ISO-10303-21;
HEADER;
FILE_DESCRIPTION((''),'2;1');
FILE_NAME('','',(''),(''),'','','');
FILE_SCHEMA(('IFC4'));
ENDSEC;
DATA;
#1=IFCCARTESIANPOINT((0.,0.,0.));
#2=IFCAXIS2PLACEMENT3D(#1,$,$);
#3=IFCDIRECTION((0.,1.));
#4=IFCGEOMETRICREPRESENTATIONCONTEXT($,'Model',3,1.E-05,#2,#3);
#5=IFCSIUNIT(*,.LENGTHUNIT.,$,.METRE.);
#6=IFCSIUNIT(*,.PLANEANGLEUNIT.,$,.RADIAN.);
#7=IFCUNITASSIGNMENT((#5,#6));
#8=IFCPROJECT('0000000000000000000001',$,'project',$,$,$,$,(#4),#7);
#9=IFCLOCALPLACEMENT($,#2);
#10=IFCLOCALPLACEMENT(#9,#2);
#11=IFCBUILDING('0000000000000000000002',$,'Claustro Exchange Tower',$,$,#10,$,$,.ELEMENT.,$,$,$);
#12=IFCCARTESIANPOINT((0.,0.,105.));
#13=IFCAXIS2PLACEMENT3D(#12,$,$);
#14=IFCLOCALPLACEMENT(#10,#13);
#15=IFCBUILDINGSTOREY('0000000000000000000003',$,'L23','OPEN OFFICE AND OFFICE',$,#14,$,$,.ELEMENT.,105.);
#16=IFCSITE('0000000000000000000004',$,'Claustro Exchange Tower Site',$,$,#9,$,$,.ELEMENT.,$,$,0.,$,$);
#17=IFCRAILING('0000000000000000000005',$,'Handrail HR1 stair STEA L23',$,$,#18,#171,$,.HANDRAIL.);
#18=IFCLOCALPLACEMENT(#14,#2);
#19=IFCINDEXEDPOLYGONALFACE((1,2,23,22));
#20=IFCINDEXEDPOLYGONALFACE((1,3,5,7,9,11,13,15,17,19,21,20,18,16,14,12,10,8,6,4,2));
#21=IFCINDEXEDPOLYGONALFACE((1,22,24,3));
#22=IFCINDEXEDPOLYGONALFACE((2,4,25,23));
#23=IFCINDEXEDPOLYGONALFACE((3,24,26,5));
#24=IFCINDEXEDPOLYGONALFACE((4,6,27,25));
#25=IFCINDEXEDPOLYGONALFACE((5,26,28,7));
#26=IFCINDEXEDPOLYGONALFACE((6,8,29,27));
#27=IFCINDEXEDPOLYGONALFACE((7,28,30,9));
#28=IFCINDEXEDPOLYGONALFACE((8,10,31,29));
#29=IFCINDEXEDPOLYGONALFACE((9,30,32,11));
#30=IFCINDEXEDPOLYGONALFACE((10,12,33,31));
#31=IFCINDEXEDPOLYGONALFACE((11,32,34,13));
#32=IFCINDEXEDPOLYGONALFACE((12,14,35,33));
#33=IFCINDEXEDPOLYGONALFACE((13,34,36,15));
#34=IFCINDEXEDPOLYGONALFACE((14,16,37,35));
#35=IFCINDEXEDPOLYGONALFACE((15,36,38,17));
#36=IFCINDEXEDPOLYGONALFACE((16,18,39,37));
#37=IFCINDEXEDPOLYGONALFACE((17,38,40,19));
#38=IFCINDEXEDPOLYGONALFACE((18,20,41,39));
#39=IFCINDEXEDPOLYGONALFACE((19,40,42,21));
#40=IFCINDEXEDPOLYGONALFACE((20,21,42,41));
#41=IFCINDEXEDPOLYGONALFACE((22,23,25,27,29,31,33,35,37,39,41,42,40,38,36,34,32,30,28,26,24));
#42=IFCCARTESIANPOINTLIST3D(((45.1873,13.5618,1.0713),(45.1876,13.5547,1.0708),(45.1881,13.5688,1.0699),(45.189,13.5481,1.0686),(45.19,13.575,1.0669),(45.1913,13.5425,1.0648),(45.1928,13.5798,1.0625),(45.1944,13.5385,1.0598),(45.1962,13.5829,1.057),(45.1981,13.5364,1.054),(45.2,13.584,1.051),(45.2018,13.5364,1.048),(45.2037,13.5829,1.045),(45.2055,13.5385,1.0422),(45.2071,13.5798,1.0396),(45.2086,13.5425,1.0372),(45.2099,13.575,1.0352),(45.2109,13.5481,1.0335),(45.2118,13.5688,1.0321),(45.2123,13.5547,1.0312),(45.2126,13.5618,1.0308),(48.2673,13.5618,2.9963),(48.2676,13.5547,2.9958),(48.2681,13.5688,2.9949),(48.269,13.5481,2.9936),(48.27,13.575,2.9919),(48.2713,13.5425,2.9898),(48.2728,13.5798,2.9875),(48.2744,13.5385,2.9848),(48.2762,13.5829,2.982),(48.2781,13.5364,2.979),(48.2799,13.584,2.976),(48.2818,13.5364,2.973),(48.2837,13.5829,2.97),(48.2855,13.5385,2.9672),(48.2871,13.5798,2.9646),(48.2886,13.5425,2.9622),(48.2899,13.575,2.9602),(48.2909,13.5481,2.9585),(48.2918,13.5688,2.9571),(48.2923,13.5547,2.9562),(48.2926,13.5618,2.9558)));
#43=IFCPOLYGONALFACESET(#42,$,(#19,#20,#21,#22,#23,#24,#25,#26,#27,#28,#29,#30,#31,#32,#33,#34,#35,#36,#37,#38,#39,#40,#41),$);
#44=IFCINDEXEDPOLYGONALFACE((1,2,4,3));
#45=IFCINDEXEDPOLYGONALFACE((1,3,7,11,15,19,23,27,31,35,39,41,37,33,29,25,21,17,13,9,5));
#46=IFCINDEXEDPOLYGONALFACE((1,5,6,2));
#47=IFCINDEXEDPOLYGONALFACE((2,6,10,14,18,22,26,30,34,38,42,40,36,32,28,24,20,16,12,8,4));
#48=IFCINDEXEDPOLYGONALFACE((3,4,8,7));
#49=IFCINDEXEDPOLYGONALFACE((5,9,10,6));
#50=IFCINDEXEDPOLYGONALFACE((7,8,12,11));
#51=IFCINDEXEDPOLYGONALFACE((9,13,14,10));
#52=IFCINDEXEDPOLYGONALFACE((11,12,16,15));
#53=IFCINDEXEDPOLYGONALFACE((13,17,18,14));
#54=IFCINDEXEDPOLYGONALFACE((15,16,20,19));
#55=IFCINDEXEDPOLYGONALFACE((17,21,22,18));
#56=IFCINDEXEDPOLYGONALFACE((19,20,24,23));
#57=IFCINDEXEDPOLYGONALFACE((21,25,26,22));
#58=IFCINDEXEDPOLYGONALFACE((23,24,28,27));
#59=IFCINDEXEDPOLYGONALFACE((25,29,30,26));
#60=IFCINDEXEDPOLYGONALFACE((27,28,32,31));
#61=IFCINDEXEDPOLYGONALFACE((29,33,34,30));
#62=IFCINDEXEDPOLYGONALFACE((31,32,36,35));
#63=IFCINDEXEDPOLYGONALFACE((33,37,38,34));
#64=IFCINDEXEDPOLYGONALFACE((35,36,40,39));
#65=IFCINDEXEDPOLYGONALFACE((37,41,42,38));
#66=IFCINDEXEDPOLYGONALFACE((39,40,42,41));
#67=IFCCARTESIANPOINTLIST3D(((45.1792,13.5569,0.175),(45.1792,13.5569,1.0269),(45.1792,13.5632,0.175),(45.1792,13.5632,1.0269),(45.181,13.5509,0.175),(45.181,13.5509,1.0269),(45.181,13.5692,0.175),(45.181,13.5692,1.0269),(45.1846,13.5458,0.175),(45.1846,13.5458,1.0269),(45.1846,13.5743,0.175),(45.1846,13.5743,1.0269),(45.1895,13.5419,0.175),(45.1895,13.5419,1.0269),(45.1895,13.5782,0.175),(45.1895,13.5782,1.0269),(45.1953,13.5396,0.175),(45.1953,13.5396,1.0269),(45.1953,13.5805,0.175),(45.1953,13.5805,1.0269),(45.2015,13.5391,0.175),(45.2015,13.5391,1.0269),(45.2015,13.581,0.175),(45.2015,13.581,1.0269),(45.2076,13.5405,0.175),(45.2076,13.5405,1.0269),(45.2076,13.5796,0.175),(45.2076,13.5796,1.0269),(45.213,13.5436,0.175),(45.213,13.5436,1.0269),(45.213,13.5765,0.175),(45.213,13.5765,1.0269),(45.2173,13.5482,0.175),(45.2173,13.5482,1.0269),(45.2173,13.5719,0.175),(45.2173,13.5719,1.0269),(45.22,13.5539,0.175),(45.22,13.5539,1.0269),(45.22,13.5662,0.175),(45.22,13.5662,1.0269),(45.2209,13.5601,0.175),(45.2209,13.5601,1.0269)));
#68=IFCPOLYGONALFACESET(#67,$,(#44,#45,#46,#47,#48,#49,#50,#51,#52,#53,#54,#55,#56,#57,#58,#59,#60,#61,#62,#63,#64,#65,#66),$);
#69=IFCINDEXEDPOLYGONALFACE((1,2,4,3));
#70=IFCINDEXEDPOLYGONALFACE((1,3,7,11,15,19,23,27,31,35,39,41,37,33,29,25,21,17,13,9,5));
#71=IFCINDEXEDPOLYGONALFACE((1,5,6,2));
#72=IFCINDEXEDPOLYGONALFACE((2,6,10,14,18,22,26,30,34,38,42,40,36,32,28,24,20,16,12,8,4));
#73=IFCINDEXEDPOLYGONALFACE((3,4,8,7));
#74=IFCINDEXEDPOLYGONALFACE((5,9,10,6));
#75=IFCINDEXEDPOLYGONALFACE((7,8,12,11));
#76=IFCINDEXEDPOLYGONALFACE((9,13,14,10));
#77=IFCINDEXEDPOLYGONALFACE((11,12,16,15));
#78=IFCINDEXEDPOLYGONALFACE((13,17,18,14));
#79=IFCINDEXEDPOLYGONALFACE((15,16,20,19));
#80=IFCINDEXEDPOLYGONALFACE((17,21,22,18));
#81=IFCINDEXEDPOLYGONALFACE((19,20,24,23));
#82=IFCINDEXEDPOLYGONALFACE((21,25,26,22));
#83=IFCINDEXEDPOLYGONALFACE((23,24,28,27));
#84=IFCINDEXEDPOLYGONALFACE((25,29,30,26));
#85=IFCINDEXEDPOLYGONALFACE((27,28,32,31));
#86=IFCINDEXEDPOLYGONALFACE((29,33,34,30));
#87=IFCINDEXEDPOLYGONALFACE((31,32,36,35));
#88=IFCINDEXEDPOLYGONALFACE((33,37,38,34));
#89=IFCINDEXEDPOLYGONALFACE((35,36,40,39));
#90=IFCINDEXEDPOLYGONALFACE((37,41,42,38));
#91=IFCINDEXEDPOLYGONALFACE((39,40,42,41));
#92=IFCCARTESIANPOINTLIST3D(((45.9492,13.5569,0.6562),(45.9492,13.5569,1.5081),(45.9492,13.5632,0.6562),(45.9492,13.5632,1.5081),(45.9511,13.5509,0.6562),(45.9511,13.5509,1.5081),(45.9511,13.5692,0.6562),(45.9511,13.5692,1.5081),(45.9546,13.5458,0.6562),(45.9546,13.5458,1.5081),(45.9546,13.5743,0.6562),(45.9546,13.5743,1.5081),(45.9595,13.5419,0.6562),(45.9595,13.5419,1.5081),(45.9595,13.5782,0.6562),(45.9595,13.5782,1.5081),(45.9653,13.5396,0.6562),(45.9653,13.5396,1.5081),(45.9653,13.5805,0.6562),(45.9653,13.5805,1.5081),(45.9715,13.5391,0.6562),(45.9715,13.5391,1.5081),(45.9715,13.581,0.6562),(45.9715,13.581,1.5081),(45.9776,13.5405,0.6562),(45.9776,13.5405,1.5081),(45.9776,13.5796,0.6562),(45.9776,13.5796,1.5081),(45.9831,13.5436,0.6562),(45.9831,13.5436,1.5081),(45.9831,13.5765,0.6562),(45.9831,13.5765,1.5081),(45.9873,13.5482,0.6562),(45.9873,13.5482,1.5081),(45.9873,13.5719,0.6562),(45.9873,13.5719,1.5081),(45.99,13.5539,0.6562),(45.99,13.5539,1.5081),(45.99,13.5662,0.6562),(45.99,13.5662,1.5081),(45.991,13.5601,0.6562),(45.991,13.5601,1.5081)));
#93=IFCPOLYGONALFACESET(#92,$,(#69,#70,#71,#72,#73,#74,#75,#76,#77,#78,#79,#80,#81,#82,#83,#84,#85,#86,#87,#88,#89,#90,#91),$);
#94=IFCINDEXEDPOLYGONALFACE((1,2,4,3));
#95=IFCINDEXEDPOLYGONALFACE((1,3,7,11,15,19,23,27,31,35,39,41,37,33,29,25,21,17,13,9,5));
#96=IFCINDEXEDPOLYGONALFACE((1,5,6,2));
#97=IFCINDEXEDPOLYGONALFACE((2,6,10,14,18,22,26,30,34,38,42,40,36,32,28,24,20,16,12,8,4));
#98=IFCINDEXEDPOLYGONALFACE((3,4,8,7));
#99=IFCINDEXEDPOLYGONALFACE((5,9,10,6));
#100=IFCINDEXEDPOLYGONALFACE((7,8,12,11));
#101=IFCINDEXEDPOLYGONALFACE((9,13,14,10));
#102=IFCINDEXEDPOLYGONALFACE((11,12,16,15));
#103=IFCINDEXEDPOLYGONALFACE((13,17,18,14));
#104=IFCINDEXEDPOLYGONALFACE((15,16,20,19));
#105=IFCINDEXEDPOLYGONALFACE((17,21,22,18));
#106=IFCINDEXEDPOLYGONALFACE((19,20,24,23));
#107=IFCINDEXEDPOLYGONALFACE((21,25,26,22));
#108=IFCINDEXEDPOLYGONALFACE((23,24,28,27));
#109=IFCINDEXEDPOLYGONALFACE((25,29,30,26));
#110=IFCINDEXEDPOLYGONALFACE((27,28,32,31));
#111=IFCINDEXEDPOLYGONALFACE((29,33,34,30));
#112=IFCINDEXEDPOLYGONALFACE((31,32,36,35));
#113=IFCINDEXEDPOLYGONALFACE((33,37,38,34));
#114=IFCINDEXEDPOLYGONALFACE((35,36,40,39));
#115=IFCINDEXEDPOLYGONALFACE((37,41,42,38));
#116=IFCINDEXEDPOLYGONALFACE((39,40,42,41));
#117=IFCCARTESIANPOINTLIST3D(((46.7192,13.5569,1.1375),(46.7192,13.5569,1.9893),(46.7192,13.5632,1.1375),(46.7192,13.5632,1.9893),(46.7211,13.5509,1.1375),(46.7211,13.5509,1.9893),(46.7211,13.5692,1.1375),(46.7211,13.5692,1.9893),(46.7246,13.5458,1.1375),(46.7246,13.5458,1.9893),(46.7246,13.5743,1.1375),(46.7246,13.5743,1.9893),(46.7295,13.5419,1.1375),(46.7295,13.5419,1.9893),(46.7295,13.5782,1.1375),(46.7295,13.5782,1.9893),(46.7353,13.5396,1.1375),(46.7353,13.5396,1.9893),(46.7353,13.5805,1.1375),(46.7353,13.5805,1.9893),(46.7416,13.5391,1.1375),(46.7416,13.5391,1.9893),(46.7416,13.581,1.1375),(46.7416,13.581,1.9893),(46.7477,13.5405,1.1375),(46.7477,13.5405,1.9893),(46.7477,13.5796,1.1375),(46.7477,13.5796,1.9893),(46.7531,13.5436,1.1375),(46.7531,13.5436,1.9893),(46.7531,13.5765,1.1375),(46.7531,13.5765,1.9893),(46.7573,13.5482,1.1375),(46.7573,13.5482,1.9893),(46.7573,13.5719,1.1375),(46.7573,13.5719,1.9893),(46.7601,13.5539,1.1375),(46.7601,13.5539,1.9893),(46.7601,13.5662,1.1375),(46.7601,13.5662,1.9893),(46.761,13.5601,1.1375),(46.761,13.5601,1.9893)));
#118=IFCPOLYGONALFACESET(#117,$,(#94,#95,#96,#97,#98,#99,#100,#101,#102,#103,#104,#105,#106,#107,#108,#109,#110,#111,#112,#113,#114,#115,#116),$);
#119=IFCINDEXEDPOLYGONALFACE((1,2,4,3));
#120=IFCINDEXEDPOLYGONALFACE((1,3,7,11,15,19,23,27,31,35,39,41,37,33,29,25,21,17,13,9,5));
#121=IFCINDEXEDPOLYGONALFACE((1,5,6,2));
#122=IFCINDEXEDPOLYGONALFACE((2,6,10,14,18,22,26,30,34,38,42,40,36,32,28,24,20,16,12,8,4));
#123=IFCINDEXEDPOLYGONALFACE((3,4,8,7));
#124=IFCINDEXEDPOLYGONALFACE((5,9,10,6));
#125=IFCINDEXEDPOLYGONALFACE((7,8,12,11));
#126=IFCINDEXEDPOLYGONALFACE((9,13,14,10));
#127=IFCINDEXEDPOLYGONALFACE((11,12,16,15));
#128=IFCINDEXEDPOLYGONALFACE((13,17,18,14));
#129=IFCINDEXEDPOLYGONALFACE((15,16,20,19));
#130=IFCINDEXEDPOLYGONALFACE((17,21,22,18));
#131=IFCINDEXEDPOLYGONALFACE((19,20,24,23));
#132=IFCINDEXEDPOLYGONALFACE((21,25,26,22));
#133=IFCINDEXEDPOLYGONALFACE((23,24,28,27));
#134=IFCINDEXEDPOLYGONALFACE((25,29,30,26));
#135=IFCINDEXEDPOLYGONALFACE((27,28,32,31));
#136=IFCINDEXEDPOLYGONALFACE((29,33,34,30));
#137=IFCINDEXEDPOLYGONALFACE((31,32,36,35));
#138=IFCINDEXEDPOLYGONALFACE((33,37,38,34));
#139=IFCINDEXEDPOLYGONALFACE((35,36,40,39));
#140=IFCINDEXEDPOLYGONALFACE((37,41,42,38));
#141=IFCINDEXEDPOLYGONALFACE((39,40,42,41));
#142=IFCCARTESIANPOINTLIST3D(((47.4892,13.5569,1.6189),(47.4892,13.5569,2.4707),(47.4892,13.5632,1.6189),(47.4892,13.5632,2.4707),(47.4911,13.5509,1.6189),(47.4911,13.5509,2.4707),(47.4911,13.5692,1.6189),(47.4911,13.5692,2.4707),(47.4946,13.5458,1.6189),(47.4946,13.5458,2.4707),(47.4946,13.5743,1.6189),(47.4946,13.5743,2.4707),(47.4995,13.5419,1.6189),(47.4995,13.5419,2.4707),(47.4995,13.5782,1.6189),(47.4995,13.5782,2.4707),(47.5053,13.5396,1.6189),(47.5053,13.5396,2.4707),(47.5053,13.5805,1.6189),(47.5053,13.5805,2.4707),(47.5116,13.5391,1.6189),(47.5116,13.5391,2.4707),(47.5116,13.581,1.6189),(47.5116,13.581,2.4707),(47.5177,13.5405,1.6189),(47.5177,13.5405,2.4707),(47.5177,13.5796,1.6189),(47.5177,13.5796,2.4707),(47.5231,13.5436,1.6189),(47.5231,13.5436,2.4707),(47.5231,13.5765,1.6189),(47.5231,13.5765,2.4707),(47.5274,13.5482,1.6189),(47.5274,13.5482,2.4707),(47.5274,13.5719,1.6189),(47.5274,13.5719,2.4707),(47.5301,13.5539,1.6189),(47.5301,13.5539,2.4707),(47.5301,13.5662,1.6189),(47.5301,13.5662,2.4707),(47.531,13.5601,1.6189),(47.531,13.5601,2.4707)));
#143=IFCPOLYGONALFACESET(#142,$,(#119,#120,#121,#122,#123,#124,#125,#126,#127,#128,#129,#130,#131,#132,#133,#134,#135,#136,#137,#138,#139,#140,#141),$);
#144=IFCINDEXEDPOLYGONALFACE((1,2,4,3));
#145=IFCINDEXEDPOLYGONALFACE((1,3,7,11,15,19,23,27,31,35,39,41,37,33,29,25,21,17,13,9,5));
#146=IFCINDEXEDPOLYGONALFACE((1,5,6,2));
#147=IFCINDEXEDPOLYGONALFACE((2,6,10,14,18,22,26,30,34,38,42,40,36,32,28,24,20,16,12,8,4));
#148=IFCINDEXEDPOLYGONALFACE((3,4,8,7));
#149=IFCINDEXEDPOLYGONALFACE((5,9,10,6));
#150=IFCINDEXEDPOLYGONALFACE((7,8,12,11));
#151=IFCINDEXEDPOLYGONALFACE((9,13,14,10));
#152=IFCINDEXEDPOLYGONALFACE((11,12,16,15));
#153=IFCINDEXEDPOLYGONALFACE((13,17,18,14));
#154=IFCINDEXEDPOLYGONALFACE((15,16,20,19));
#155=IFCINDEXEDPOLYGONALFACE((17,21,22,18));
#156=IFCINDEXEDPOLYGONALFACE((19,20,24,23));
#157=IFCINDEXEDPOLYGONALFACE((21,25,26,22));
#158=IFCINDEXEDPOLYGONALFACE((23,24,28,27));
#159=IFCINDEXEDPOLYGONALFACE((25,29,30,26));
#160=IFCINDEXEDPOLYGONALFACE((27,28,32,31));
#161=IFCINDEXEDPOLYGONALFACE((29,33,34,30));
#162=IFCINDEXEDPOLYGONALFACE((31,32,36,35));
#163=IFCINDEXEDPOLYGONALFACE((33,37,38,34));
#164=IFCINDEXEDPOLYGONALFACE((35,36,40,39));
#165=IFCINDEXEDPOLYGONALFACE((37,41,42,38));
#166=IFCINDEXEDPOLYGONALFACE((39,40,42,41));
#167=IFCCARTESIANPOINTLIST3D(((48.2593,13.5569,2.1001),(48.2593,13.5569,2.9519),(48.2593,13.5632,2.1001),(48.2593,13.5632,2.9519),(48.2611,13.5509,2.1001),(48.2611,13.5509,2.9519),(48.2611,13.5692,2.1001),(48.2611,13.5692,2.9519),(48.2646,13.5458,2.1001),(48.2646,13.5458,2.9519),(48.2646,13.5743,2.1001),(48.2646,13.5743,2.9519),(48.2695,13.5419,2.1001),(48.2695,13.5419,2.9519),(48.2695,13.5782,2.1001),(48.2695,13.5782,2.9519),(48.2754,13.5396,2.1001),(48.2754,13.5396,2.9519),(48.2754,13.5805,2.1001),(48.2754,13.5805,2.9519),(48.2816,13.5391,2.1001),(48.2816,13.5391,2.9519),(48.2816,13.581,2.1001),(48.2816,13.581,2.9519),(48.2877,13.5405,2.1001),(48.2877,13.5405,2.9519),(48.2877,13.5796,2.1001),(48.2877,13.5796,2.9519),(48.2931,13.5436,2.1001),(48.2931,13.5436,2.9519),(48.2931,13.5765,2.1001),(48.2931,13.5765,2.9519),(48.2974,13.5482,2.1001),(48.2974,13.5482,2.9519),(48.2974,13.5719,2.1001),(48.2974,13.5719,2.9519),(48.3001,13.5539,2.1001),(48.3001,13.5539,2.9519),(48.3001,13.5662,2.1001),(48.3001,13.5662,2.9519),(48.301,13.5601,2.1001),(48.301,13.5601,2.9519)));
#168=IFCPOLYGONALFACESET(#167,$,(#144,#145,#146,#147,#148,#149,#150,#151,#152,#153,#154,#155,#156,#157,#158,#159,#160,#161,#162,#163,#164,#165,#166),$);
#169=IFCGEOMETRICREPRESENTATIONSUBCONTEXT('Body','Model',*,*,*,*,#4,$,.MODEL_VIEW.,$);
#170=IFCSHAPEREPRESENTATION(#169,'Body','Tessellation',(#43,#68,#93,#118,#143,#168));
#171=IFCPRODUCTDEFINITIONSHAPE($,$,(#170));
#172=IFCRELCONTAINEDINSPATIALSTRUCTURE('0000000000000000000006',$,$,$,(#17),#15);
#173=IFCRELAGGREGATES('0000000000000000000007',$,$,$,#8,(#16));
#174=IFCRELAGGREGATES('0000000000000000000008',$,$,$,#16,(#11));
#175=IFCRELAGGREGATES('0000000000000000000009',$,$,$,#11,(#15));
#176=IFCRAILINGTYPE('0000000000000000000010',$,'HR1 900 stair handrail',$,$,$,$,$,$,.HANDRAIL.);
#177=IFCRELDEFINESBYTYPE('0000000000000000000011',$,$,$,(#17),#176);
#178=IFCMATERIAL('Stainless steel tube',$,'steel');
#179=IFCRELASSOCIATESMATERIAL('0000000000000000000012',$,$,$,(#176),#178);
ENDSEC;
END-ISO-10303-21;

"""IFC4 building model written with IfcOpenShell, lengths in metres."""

from ifc_helpers import new_model, si_unit, direction, frame, origin, origin_2d, place, context, subcontext, project, spatial, circle, extrude, material, type_object, element, save


model = new_model("IFC4")

# Units and contexts
model_context = context("Model", 3, precision=1e-05, world=origin(), true_north=direction((0.0, 1.0)))
body_context = subcontext(model_context, "Body", "Model", "MODEL_VIEW")
ifc_project = project(units=[si_unit("LENGTHUNIT", "METRE"), si_unit("PLANEANGLEUNIT", "RADIAN")], contexts=[model_context])

# Site, building, storey
site_placement = place(None, origin())
site = spatial("IfcSite", under=ifc_project, at=site_placement, Name="Claustro Exchange Tower Site", CompositionType="ELEMENT", RefElevation=0.0)
building_placement = place(site_placement, origin())
building = spatial("IfcBuilding", under=site, at=building_placement, Name="Claustro Exchange Tower", CompositionType="ELEMENT")
storey_placement = place(building_placement, frame((0.0, 0.0, 105.0)))
storey = spatial("IfcBuildingStorey", under=building, at=storey_placement, Name="L23", Description="OPEN OFFICE AND OFFICE", CompositionType="ELEMENT", Elevation=105.0)

# Railing
ifc_material_1 = material(Name="Stainless steel tube", Category="steel")
railing_type_1 = type_object("IfcRailingType", Name="HR1 900 stair handrail", PredefinedType="HANDRAIL", material=ifc_material_1)
railing_1_placement = place(storey_placement, frame((45.2, 13.5601, 0.175)))
element("IfcRailing", 1, at=railing_1_placement, inside=storey, type_object=railing_type_1, Name="Handrail HR1 stair STEA L23", PredefinedType="HANDRAIL", context=body_context, shape_type="SweptSolid", body=[
    extrude(circle(Radius=0.0239, at=origin_2d()), frame((0.0, 0.0, 0.876), z_axis=(0.847998, 0.0, 0.529999), x_axis=(0.0, 1.0, 0.0)), (0.0, 0.0, 1.0), 3.6321),
    extrude(circle(Radius=0.021, at=origin_2d()), origin(), (0.0, 0.0, 1.0), 0.8518),
    extrude(circle(Radius=0.021, at=origin_2d()), frame((0.77, 0.0, 0.4812)), (0.0, 0.0, 1.0), 0.8518),
    extrude(circle(Radius=0.021, at=origin_2d()), frame((1.54, 0.0, 0.9624)), (0.0, 0.0, 1.0), 0.8518),
    extrude(circle(Radius=0.021, at=origin_2d()), frame((2.3101, 0.0, 1.4438)), (0.0, 0.0, 1.0), 0.8518),
    extrude(circle(Radius=0.021, at=origin_2d()), frame((3.0801, 0.0, 1.925)), (0.0, 0.0, 1.0), 0.8518),
])

save(model, "model.ifc")
